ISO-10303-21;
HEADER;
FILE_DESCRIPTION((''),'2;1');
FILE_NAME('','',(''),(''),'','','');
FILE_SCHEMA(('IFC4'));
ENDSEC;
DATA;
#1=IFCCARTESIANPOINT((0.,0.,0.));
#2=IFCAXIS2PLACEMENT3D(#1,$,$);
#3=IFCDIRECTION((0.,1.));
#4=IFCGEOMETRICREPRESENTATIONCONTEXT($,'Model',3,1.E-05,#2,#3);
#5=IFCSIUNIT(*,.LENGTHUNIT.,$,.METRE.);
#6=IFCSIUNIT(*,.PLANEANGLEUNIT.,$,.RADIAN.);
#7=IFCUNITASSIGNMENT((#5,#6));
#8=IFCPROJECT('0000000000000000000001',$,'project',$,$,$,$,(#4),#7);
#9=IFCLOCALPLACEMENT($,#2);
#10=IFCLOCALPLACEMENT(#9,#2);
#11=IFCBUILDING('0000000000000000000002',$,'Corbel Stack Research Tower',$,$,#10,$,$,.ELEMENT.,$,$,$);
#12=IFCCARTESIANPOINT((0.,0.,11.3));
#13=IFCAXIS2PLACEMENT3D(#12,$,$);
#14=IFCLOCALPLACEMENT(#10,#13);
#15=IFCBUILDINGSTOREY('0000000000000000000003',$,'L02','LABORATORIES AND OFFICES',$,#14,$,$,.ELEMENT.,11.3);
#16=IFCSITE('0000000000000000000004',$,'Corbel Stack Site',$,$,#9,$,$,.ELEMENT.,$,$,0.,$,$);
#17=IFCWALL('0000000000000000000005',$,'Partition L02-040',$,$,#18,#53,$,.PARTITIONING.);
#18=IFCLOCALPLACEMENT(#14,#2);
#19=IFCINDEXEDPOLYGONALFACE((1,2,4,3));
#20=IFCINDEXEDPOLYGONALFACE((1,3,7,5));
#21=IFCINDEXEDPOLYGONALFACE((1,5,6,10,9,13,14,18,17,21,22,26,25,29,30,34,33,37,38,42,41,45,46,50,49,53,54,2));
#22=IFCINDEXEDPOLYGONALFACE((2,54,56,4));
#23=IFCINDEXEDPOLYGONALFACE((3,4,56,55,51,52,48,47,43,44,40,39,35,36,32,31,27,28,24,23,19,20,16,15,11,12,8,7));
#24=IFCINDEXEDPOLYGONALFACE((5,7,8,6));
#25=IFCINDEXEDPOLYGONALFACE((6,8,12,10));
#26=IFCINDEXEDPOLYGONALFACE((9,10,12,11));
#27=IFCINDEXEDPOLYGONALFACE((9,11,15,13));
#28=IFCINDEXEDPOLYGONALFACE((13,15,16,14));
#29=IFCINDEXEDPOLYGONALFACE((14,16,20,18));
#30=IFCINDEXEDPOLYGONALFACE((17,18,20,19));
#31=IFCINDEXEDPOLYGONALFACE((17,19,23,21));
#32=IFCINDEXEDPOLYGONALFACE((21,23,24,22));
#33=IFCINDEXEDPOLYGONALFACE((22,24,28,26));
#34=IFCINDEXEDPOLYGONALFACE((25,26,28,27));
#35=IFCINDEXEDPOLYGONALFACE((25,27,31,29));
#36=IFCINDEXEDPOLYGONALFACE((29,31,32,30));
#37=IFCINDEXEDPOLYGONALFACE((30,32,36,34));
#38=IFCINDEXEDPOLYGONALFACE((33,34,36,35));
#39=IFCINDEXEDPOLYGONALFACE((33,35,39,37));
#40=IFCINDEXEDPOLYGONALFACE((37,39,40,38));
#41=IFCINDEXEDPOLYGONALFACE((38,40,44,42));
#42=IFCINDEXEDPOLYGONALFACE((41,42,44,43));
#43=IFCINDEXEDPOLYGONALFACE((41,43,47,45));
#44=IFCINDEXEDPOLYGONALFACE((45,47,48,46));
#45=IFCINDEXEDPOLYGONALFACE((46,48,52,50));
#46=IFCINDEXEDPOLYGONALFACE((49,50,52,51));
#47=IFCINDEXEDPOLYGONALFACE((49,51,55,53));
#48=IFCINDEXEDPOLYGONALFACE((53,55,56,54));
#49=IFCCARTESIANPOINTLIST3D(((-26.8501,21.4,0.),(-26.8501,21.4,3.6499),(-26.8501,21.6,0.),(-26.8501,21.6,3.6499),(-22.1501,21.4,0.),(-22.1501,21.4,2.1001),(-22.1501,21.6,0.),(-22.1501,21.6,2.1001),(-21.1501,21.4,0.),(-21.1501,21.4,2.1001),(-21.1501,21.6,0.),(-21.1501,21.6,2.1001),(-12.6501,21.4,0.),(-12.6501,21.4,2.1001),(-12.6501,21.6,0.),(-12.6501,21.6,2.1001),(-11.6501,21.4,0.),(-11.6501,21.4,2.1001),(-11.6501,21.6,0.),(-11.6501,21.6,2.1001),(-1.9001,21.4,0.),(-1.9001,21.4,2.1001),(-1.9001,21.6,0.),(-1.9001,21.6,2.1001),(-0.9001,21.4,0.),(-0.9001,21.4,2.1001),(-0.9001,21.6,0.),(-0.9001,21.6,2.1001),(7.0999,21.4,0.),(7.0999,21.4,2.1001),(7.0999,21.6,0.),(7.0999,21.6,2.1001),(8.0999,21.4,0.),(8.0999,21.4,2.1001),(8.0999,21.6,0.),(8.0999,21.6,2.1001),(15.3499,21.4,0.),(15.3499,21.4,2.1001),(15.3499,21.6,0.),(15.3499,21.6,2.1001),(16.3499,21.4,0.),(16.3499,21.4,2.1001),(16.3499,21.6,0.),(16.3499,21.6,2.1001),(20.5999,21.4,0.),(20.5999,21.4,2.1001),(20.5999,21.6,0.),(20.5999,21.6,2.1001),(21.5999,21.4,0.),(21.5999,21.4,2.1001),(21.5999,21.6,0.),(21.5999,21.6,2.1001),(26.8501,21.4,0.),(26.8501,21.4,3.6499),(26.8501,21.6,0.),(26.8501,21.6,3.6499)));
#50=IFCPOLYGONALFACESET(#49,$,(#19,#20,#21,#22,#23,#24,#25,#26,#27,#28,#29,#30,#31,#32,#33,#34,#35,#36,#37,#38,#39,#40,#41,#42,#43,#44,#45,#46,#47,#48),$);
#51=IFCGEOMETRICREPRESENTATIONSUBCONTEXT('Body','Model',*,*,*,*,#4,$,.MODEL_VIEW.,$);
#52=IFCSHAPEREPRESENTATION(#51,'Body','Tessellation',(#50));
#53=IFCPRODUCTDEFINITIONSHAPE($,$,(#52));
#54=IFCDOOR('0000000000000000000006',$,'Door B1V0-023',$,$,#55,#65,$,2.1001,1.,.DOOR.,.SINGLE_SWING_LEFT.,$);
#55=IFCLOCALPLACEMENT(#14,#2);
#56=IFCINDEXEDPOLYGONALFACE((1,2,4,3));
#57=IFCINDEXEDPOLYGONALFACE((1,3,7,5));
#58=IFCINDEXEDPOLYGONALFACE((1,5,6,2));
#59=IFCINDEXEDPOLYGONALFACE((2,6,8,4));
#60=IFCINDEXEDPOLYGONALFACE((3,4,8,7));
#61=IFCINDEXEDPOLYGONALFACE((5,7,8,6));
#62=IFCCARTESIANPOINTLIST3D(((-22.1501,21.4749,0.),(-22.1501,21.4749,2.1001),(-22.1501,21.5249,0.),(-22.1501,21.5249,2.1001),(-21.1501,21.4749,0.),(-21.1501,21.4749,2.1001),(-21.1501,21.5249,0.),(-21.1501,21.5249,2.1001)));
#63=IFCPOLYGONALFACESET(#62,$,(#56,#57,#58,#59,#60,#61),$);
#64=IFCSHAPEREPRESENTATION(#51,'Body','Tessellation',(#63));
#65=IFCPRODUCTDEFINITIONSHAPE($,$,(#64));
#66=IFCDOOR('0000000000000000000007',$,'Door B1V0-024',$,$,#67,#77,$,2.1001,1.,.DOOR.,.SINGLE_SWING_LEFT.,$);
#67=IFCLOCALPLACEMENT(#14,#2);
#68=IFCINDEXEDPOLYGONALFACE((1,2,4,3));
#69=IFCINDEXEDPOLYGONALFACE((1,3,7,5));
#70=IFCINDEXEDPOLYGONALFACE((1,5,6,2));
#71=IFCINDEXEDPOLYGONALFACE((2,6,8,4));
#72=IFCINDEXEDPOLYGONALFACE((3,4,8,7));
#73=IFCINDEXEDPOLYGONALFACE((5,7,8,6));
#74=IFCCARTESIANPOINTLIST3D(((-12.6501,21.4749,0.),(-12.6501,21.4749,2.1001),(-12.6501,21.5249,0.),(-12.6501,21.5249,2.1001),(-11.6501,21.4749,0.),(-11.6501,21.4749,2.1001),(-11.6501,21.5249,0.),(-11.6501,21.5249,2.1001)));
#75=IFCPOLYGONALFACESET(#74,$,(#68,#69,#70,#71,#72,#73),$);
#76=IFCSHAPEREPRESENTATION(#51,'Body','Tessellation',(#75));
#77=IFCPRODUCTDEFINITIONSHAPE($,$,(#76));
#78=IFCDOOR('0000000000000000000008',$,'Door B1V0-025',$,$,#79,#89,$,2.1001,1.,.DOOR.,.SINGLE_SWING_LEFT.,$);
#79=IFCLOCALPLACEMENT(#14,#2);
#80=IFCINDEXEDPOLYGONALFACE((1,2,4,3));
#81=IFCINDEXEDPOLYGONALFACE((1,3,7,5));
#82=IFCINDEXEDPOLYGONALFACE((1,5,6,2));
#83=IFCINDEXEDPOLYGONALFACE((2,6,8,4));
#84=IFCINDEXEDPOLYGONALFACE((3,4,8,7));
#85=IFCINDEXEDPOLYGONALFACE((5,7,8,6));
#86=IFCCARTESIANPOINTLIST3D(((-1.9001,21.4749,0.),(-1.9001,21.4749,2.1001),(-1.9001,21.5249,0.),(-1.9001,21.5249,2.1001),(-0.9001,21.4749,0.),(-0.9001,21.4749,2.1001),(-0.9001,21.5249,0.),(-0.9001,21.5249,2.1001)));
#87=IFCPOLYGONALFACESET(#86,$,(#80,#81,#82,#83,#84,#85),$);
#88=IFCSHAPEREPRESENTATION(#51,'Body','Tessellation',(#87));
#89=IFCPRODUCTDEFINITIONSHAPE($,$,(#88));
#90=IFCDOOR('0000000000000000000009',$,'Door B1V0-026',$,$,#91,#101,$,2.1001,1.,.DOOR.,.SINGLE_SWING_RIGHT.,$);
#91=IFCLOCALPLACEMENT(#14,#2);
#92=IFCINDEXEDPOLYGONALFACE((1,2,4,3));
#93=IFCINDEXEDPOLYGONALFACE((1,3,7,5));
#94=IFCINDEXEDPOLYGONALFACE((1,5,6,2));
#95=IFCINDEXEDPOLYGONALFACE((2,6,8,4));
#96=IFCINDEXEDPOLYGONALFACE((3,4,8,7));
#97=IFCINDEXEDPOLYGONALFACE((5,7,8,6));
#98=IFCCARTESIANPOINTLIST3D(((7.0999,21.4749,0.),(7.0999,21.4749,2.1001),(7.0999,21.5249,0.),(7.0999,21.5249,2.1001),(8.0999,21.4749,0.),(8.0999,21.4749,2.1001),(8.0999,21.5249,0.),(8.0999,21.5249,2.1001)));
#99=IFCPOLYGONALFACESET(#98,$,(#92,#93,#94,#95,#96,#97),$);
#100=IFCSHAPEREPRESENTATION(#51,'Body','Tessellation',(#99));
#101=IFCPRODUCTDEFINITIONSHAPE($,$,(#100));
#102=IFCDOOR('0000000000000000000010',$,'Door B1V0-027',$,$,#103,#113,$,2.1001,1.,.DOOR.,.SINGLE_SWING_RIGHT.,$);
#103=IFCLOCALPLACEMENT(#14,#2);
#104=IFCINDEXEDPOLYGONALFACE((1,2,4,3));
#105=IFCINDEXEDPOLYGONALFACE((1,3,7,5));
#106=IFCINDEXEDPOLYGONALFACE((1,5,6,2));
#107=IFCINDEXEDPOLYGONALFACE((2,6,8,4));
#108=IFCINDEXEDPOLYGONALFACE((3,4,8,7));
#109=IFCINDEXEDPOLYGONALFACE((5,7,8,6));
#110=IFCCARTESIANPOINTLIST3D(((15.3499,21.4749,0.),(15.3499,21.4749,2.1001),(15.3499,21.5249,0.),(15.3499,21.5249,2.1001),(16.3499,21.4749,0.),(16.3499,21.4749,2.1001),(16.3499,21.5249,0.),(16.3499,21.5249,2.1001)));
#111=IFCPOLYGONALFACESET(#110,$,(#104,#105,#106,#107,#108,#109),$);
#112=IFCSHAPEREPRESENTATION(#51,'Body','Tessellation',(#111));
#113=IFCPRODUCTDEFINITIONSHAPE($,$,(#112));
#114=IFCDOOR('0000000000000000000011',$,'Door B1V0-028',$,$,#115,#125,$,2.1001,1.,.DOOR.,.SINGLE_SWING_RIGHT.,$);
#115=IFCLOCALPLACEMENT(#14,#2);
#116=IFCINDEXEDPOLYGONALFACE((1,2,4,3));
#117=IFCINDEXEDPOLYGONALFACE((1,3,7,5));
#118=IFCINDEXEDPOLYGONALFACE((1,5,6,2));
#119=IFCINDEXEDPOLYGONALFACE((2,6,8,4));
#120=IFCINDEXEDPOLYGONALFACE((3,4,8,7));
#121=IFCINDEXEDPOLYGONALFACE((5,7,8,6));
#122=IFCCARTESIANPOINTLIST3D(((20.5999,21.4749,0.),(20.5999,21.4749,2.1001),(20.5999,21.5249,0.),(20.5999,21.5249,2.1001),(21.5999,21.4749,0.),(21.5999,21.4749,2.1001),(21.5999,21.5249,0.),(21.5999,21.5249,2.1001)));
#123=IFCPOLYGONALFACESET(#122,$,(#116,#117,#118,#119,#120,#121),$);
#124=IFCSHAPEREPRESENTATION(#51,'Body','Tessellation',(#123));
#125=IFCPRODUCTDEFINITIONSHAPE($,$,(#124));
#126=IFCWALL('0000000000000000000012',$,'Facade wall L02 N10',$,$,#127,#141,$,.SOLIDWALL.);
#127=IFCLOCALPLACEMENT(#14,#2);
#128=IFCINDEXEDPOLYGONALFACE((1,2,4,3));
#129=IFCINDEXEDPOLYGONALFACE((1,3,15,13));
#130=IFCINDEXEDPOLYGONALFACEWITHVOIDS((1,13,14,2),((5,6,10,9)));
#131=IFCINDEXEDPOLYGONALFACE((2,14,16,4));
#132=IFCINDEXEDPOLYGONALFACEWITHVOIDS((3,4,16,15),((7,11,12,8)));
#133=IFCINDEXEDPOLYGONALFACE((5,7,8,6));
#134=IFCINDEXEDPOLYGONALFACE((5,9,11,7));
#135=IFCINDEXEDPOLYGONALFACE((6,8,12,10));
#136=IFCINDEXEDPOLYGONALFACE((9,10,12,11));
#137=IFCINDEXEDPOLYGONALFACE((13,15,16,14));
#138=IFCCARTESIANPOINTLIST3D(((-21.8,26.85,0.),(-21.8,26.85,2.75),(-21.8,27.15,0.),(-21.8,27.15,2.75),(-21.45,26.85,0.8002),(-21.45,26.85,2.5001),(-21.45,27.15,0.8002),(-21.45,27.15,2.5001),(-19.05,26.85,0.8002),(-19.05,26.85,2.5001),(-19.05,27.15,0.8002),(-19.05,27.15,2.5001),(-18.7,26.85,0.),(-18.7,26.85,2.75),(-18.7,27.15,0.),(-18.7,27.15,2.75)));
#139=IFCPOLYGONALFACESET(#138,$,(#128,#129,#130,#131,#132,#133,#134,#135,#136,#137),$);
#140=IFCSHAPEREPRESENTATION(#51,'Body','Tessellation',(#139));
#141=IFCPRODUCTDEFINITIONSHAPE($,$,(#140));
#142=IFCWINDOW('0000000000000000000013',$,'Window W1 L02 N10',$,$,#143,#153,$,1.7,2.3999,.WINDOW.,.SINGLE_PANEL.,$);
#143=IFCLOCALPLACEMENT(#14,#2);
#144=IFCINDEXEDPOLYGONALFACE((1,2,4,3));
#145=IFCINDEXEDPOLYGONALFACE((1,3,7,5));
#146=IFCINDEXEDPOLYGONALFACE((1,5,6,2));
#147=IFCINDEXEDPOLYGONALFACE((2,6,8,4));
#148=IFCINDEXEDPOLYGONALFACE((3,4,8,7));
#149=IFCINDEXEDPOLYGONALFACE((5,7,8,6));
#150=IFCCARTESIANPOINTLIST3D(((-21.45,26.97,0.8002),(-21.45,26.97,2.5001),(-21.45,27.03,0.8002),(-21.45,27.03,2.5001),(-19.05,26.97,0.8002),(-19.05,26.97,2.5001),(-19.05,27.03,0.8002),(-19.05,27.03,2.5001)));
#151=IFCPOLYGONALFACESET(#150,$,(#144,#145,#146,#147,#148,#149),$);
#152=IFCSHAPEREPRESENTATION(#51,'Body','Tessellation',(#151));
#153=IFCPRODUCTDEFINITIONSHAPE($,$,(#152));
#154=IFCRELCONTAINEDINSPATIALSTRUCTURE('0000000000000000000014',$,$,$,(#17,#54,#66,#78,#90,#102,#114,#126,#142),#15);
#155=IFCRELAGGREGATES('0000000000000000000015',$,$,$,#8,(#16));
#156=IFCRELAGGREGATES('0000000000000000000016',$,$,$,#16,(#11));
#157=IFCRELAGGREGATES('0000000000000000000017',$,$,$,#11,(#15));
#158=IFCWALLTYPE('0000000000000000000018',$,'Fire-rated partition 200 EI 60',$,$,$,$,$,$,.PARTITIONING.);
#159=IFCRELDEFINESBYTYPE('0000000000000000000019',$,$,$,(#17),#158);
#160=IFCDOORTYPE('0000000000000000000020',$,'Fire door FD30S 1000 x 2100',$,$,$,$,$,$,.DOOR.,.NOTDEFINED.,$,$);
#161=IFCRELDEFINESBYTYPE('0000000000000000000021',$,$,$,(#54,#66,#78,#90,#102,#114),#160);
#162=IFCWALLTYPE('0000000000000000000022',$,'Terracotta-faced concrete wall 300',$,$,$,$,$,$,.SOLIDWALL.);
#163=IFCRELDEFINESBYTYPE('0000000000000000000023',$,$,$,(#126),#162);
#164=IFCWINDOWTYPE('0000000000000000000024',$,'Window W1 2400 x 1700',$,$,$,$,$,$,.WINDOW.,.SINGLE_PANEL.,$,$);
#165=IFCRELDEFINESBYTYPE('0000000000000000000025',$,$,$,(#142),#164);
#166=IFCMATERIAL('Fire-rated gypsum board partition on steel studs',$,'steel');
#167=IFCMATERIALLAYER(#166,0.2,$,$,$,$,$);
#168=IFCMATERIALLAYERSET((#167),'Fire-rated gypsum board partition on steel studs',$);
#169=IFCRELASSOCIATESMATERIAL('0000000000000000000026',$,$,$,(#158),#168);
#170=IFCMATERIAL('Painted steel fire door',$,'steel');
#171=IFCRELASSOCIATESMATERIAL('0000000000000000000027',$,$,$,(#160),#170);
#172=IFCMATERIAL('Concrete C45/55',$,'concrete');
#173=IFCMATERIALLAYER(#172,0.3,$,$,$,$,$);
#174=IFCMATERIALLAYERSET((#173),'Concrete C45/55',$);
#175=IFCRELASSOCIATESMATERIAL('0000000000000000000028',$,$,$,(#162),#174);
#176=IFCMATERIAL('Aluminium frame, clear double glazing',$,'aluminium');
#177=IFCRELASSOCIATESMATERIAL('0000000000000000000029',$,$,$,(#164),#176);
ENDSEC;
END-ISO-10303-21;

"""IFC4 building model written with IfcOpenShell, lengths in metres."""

from ifc_helpers import new_model, si_unit, direction, frame, frame_2d, origin, place, context, subcontext, project, spatial, rectangle, extrude, material, layer, layer_set, type_object, element, fill, save


model = new_model("IFC4")

# Units and contexts
model_context = context("Model", 3, precision=1e-05, world=origin(), true_north=direction((0.0, 1.0)))
body_context = subcontext(model_context, "Body", "Model", "MODEL_VIEW")
ifc_project = project(units=[si_unit("LENGTHUNIT", "METRE"), si_unit("PLANEANGLEUNIT", "RADIAN")], contexts=[model_context])

# Site, building, storey
site_placement = place(None, origin())
site = spatial("IfcSite", under=ifc_project, at=site_placement, Name="Corbel Stack Site", CompositionType="ELEMENT", RefElevation=0.0)
building_placement = place(site_placement, origin())
building = spatial("IfcBuilding", under=site, at=building_placement, Name="Corbel Stack Research Tower", CompositionType="ELEMENT")
storey_placement = place(building_placement, frame((0.0, 0.0, 11.3)))
storey = spatial("IfcBuildingStorey", under=building, at=storey_placement, Name="L02", Description="LABORATORIES AND OFFICES", CompositionType="ELEMENT", Elevation=11.3)

# Shared definitions
ifc_material_1 = material(Name="Fire-rated gypsum board partition on steel studs", Category="steel")
ifc_layer_1 = layer(ifc_material_1, 0.2)
ifc_layer_set_1 = layer_set([ifc_layer_1], Name="Fire-rated gypsum board partition on steel studs")
wall_type_1 = type_object("IfcWallType", Name="Fire-rated partition 200 EI 60", PredefinedType="PARTITIONING", material=ifc_layer_set_1)
ifc_material_2 = material(Name="Painted steel fire door", Category="steel")
door_type_1 = type_object("IfcDoorType", Name="Fire door FD30S 1000 x 2100", OperationType="NOTDEFINED", PredefinedType="DOOR", material=ifc_material_2)

# Wall, openings, doors
wall_1_placement = place(storey_placement, frame((-26.8501, 21.5, 0.0), z_axis=(0.0, 0.0, 1.0), x_axis=(1.0, 0.0, 0.0)))
wall_1 = element("IfcWall", 1, at=wall_1_placement, inside=storey, type_object=wall_type_1, Name="Partition L02-040", PredefinedType="PARTITIONING", context=body_context, shape_type="SweptSolid", body=[
    extrude(rectangle(XDim=53.7002, YDim=0.2, at=frame_2d((26.8501, 0.0))), origin(), (0.0, 0.0, 1.0), 3.6499),
])
opening_1_placement = place(wall_1_placement, frame((4.7, 0.0, 0.0)))
opening_1 = element("IfcOpeningElement", 2, at=opening_1_placement, cuts=wall_1, PredefinedType="OPENING", context=body_context, shape_type="SweptSolid", body=[
    extrude(rectangle(XDim=1.0, YDim=2.1001, at=frame_2d((0.5, 1.05))), frame((0.0, 0.1099, 0.0), z_axis=(0.0, -1.0, 0.0), x_axis=(1.0, 0.0, 0.0)), (0.0, 0.0, 1.0), 0.22),
])
opening_2_placement = place(wall_1_placement, frame((14.2, 0.0, 0.0)))
opening_2 = element("IfcOpeningElement", 3, at=opening_2_placement, cuts=wall_1, PredefinedType="OPENING", context=body_context, shape_type="SweptSolid", body=[
    extrude(rectangle(XDim=1.0, YDim=2.1001, at=frame_2d((0.5, 1.05))), frame((0.0, 0.1099, 0.0), z_axis=(0.0, -1.0, 0.0), x_axis=(1.0, 0.0, 0.0)), (0.0, 0.0, 1.0), 0.22),
])
opening_3_placement = place(wall_1_placement, frame((24.95, 0.0, 0.0)))
opening_3 = element("IfcOpeningElement", 4, at=opening_3_placement, cuts=wall_1, PredefinedType="OPENING", context=body_context, shape_type="SweptSolid", body=[
    extrude(rectangle(XDim=1.0, YDim=2.1001, at=frame_2d((0.5, 1.05))), frame((0.0, 0.1099, 0.0), z_axis=(0.0, -1.0, 0.0), x_axis=(1.0, 0.0, 0.0)), (0.0, 0.0, 1.0), 0.22),
])
opening_4_placement = place(wall_1_placement, frame((33.95, 0.0, 0.0)))
opening_4 = element("IfcOpeningElement", 5, at=opening_4_placement, cuts=wall_1, PredefinedType="OPENING", context=body_context, shape_type="SweptSolid", body=[
    extrude(rectangle(XDim=1.0, YDim=2.1001, at=frame_2d((0.5, 1.05))), frame((0.0, 0.1099, 0.0), z_axis=(0.0, -1.0, 0.0), x_axis=(1.0, 0.0, 0.0)), (0.0, 0.0, 1.0), 0.22),
])
opening_5_placement = place(wall_1_placement, frame((42.2, 0.0, 0.0)))
opening_5 = element("IfcOpeningElement", 6, at=opening_5_placement, cuts=wall_1, PredefinedType="OPENING", context=body_context, shape_type="SweptSolid", body=[
    extrude(rectangle(XDim=1.0, YDim=2.1001, at=frame_2d((0.5, 1.05))), frame((0.0, 0.1099, 0.0), z_axis=(0.0, -1.0, 0.0), x_axis=(1.0, 0.0, 0.0)), (0.0, 0.0, 1.0), 0.22),
])
opening_6_placement = place(wall_1_placement, frame((47.45, 0.0, 0.0)))
opening_6 = element("IfcOpeningElement", 7, at=opening_6_placement, cuts=wall_1, PredefinedType="OPENING", context=body_context, shape_type="SweptSolid", body=[
    extrude(rectangle(XDim=1.0, YDim=2.1001, at=frame_2d((0.5, 1.05))), frame((0.0, 0.1099, 0.0), z_axis=(0.0, -1.0, 0.0), x_axis=(1.0, 0.0, 0.0)), (0.0, 0.0, 1.0), 0.22),
])
door_1_placement = place(opening_1_placement, origin())
door_1 = element("IfcDoor", 8, at=door_1_placement, inside=storey, type_object=door_type_1, Name="Door B1V0-023", OperationType="SINGLE_SWING_LEFT", OverallHeight=2.1001, OverallWidth=1.0, PredefinedType="DOOR", context=body_context, shape_type="SweptSolid", body=[
    extrude(rectangle(XDim=1.0, YDim=2.1001, at=frame_2d((0.5, 1.05))), frame((0.0, 0.0249, 0.0), z_axis=(0.0, -1.0, 0.0), x_axis=(1.0, 0.0, 0.0)), (0.0, 0.0, 1.0), 0.05),
])
fill(opening_1, door_1)
door_2_placement = place(opening_2_placement, origin())
door_2 = element("IfcDoor", 9, at=door_2_placement, inside=storey, type_object=door_type_1, Name="Door B1V0-024", OperationType="SINGLE_SWING_LEFT", OverallHeight=2.1001, OverallWidth=1.0, PredefinedType="DOOR", context=body_context, shape_type="SweptSolid", body=[
    extrude(rectangle(XDim=1.0, YDim=2.1001, at=frame_2d((0.5, 1.05))), frame((0.0, 0.0249, 0.0), z_axis=(0.0, -1.0, 0.0), x_axis=(1.0, 0.0, 0.0)), (0.0, 0.0, 1.0), 0.05),
])
fill(opening_2, door_2)
door_3_placement = place(opening_3_placement, origin())
door_3 = element("IfcDoor", 10, at=door_3_placement, inside=storey, type_object=door_type_1, Name="Door B1V0-025", OperationType="SINGLE_SWING_LEFT", OverallHeight=2.1001, OverallWidth=1.0, PredefinedType="DOOR", context=body_context, shape_type="SweptSolid", body=[
    extrude(rectangle(XDim=1.0, YDim=2.1001, at=frame_2d((0.5, 1.05))), frame((0.0, 0.0249, 0.0), z_axis=(0.0, -1.0, 0.0), x_axis=(1.0, 0.0, 0.0)), (0.0, 0.0, 1.0), 0.05),
])
fill(opening_3, door_3)
door_4_placement = place(opening_4_placement, origin())
door_4 = element("IfcDoor", 11, at=door_4_placement, inside=storey, type_object=door_type_1, Name="Door B1V0-026", OperationType="SINGLE_SWING_RIGHT", OverallHeight=2.1001, OverallWidth=1.0, PredefinedType="DOOR", context=body_context, shape_type="SweptSolid", body=[
    extrude(rectangle(XDim=1.0, YDim=2.1001, at=frame_2d((0.5, 1.05))), frame((0.0, 0.0249, 0.0), z_axis=(0.0, -1.0, 0.0), x_axis=(1.0, 0.0, 0.0)), (0.0, 0.0, 1.0), 0.05),
])
fill(opening_4, door_4)
door_5_placement = place(opening_5_placement, origin())
door_5 = element("IfcDoor", 12, at=door_5_placement, inside=storey, type_object=door_type_1, Name="Door B1V0-027", OperationType="SINGLE_SWING_RIGHT", OverallHeight=2.1001, OverallWidth=1.0, PredefinedType="DOOR", context=body_context, shape_type="SweptSolid", body=[
    extrude(rectangle(XDim=1.0, YDim=2.1001, at=frame_2d((0.5, 1.05))), frame((0.0, 0.0249, 0.0), z_axis=(0.0, -1.0, 0.0), x_axis=(1.0, 0.0, 0.0)), (0.0, 0.0, 1.0), 0.05),
])
fill(opening_5, door_5)
door_6_placement = place(opening_6_placement, origin())
door_6 = element("IfcDoor", 13, at=door_6_placement, inside=storey, type_object=door_type_1, Name="Door B1V0-028", OperationType="SINGLE_SWING_RIGHT", OverallHeight=2.1001, OverallWidth=1.0, PredefinedType="DOOR", context=body_context, shape_type="SweptSolid", body=[
    extrude(rectangle(XDim=1.0, YDim=2.1001, at=frame_2d((0.5, 1.05))), frame((0.0, 0.0249, 0.0), z_axis=(0.0, -1.0, 0.0), x_axis=(1.0, 0.0, 0.0)), (0.0, 0.0, 1.0), 0.05),
])
fill(opening_6, door_6)

# Wall, opening, window
ifc_material_3 = material(Name="Concrete C45/55", Category="concrete")
ifc_layer_2 = layer(ifc_material_3, 0.3)
ifc_layer_set_2 = layer_set([ifc_layer_2], Name="Concrete C45/55")
wall_type_2 = type_object("IfcWallType", Name="Terracotta-faced concrete wall 300", PredefinedType="SOLIDWALL", material=ifc_layer_set_2)
wall_2_placement = place(storey_placement, frame((-21.8, 27.0, 0.0), z_axis=(0.0, 0.0, 1.0), x_axis=(1.0, 0.0, 0.0)))
wall_2 = element("IfcWall", 14, at=wall_2_placement, inside=storey, type_object=wall_type_2, Name="Facade wall L02 N10", PredefinedType="SOLIDWALL", context=body_context, shape_type="SweptSolid", body=[
    extrude(rectangle(XDim=3.1001, YDim=0.3, at=frame_2d((1.55, 0.0))), origin(), (0.0, 0.0, 1.0), 2.75),
])
opening_7_placement = place(wall_2_placement, frame((0.3501, 0.0, 0.8)))
opening_7 = element("IfcOpeningElement", 15, at=opening_7_placement, cuts=wall_2, PredefinedType="OPENING", context=body_context, shape_type="SweptSolid", body=[
    extrude(rectangle(XDim=2.3999, YDim=1.7, at=frame_2d((1.2, 0.8501))), frame((0.0, 0.1599, 0.0), z_axis=(0.0, -1.0, 0.0), x_axis=(1.0, 0.0, 0.0)), (0.0, 0.0, 1.0), 0.3201),
])
ifc_material_4 = material(Name="Aluminium frame, clear double glazing", Category="aluminium")
window_type = type_object("IfcWindowType", Name="Window W1 2400 x 1700", PartitioningType="SINGLE_PANEL", PredefinedType="WINDOW", material=ifc_material_4)
window_1_placement = place(opening_7_placement, origin())
window_1 = element("IfcWindow", 16, at=window_1_placement, inside=storey, type_object=window_type, Name="Window W1 L02 N10", OverallHeight=1.7, OverallWidth=2.3999, PartitioningType="SINGLE_PANEL", PredefinedType="WINDOW", context=body_context, shape_type="SweptSolid", body=[
    extrude(rectangle(XDim=2.3999, YDim=1.7, at=frame_2d((1.2, 0.8501))), frame((0.0, 0.03, 0.0), z_axis=(0.0, -1.0, 0.0), x_axis=(1.0, 0.0, 0.0)), (0.0, 0.0, 1.0), 0.0601),
])
fill(opening_7, window_1)

save(model, "model.ifc")
